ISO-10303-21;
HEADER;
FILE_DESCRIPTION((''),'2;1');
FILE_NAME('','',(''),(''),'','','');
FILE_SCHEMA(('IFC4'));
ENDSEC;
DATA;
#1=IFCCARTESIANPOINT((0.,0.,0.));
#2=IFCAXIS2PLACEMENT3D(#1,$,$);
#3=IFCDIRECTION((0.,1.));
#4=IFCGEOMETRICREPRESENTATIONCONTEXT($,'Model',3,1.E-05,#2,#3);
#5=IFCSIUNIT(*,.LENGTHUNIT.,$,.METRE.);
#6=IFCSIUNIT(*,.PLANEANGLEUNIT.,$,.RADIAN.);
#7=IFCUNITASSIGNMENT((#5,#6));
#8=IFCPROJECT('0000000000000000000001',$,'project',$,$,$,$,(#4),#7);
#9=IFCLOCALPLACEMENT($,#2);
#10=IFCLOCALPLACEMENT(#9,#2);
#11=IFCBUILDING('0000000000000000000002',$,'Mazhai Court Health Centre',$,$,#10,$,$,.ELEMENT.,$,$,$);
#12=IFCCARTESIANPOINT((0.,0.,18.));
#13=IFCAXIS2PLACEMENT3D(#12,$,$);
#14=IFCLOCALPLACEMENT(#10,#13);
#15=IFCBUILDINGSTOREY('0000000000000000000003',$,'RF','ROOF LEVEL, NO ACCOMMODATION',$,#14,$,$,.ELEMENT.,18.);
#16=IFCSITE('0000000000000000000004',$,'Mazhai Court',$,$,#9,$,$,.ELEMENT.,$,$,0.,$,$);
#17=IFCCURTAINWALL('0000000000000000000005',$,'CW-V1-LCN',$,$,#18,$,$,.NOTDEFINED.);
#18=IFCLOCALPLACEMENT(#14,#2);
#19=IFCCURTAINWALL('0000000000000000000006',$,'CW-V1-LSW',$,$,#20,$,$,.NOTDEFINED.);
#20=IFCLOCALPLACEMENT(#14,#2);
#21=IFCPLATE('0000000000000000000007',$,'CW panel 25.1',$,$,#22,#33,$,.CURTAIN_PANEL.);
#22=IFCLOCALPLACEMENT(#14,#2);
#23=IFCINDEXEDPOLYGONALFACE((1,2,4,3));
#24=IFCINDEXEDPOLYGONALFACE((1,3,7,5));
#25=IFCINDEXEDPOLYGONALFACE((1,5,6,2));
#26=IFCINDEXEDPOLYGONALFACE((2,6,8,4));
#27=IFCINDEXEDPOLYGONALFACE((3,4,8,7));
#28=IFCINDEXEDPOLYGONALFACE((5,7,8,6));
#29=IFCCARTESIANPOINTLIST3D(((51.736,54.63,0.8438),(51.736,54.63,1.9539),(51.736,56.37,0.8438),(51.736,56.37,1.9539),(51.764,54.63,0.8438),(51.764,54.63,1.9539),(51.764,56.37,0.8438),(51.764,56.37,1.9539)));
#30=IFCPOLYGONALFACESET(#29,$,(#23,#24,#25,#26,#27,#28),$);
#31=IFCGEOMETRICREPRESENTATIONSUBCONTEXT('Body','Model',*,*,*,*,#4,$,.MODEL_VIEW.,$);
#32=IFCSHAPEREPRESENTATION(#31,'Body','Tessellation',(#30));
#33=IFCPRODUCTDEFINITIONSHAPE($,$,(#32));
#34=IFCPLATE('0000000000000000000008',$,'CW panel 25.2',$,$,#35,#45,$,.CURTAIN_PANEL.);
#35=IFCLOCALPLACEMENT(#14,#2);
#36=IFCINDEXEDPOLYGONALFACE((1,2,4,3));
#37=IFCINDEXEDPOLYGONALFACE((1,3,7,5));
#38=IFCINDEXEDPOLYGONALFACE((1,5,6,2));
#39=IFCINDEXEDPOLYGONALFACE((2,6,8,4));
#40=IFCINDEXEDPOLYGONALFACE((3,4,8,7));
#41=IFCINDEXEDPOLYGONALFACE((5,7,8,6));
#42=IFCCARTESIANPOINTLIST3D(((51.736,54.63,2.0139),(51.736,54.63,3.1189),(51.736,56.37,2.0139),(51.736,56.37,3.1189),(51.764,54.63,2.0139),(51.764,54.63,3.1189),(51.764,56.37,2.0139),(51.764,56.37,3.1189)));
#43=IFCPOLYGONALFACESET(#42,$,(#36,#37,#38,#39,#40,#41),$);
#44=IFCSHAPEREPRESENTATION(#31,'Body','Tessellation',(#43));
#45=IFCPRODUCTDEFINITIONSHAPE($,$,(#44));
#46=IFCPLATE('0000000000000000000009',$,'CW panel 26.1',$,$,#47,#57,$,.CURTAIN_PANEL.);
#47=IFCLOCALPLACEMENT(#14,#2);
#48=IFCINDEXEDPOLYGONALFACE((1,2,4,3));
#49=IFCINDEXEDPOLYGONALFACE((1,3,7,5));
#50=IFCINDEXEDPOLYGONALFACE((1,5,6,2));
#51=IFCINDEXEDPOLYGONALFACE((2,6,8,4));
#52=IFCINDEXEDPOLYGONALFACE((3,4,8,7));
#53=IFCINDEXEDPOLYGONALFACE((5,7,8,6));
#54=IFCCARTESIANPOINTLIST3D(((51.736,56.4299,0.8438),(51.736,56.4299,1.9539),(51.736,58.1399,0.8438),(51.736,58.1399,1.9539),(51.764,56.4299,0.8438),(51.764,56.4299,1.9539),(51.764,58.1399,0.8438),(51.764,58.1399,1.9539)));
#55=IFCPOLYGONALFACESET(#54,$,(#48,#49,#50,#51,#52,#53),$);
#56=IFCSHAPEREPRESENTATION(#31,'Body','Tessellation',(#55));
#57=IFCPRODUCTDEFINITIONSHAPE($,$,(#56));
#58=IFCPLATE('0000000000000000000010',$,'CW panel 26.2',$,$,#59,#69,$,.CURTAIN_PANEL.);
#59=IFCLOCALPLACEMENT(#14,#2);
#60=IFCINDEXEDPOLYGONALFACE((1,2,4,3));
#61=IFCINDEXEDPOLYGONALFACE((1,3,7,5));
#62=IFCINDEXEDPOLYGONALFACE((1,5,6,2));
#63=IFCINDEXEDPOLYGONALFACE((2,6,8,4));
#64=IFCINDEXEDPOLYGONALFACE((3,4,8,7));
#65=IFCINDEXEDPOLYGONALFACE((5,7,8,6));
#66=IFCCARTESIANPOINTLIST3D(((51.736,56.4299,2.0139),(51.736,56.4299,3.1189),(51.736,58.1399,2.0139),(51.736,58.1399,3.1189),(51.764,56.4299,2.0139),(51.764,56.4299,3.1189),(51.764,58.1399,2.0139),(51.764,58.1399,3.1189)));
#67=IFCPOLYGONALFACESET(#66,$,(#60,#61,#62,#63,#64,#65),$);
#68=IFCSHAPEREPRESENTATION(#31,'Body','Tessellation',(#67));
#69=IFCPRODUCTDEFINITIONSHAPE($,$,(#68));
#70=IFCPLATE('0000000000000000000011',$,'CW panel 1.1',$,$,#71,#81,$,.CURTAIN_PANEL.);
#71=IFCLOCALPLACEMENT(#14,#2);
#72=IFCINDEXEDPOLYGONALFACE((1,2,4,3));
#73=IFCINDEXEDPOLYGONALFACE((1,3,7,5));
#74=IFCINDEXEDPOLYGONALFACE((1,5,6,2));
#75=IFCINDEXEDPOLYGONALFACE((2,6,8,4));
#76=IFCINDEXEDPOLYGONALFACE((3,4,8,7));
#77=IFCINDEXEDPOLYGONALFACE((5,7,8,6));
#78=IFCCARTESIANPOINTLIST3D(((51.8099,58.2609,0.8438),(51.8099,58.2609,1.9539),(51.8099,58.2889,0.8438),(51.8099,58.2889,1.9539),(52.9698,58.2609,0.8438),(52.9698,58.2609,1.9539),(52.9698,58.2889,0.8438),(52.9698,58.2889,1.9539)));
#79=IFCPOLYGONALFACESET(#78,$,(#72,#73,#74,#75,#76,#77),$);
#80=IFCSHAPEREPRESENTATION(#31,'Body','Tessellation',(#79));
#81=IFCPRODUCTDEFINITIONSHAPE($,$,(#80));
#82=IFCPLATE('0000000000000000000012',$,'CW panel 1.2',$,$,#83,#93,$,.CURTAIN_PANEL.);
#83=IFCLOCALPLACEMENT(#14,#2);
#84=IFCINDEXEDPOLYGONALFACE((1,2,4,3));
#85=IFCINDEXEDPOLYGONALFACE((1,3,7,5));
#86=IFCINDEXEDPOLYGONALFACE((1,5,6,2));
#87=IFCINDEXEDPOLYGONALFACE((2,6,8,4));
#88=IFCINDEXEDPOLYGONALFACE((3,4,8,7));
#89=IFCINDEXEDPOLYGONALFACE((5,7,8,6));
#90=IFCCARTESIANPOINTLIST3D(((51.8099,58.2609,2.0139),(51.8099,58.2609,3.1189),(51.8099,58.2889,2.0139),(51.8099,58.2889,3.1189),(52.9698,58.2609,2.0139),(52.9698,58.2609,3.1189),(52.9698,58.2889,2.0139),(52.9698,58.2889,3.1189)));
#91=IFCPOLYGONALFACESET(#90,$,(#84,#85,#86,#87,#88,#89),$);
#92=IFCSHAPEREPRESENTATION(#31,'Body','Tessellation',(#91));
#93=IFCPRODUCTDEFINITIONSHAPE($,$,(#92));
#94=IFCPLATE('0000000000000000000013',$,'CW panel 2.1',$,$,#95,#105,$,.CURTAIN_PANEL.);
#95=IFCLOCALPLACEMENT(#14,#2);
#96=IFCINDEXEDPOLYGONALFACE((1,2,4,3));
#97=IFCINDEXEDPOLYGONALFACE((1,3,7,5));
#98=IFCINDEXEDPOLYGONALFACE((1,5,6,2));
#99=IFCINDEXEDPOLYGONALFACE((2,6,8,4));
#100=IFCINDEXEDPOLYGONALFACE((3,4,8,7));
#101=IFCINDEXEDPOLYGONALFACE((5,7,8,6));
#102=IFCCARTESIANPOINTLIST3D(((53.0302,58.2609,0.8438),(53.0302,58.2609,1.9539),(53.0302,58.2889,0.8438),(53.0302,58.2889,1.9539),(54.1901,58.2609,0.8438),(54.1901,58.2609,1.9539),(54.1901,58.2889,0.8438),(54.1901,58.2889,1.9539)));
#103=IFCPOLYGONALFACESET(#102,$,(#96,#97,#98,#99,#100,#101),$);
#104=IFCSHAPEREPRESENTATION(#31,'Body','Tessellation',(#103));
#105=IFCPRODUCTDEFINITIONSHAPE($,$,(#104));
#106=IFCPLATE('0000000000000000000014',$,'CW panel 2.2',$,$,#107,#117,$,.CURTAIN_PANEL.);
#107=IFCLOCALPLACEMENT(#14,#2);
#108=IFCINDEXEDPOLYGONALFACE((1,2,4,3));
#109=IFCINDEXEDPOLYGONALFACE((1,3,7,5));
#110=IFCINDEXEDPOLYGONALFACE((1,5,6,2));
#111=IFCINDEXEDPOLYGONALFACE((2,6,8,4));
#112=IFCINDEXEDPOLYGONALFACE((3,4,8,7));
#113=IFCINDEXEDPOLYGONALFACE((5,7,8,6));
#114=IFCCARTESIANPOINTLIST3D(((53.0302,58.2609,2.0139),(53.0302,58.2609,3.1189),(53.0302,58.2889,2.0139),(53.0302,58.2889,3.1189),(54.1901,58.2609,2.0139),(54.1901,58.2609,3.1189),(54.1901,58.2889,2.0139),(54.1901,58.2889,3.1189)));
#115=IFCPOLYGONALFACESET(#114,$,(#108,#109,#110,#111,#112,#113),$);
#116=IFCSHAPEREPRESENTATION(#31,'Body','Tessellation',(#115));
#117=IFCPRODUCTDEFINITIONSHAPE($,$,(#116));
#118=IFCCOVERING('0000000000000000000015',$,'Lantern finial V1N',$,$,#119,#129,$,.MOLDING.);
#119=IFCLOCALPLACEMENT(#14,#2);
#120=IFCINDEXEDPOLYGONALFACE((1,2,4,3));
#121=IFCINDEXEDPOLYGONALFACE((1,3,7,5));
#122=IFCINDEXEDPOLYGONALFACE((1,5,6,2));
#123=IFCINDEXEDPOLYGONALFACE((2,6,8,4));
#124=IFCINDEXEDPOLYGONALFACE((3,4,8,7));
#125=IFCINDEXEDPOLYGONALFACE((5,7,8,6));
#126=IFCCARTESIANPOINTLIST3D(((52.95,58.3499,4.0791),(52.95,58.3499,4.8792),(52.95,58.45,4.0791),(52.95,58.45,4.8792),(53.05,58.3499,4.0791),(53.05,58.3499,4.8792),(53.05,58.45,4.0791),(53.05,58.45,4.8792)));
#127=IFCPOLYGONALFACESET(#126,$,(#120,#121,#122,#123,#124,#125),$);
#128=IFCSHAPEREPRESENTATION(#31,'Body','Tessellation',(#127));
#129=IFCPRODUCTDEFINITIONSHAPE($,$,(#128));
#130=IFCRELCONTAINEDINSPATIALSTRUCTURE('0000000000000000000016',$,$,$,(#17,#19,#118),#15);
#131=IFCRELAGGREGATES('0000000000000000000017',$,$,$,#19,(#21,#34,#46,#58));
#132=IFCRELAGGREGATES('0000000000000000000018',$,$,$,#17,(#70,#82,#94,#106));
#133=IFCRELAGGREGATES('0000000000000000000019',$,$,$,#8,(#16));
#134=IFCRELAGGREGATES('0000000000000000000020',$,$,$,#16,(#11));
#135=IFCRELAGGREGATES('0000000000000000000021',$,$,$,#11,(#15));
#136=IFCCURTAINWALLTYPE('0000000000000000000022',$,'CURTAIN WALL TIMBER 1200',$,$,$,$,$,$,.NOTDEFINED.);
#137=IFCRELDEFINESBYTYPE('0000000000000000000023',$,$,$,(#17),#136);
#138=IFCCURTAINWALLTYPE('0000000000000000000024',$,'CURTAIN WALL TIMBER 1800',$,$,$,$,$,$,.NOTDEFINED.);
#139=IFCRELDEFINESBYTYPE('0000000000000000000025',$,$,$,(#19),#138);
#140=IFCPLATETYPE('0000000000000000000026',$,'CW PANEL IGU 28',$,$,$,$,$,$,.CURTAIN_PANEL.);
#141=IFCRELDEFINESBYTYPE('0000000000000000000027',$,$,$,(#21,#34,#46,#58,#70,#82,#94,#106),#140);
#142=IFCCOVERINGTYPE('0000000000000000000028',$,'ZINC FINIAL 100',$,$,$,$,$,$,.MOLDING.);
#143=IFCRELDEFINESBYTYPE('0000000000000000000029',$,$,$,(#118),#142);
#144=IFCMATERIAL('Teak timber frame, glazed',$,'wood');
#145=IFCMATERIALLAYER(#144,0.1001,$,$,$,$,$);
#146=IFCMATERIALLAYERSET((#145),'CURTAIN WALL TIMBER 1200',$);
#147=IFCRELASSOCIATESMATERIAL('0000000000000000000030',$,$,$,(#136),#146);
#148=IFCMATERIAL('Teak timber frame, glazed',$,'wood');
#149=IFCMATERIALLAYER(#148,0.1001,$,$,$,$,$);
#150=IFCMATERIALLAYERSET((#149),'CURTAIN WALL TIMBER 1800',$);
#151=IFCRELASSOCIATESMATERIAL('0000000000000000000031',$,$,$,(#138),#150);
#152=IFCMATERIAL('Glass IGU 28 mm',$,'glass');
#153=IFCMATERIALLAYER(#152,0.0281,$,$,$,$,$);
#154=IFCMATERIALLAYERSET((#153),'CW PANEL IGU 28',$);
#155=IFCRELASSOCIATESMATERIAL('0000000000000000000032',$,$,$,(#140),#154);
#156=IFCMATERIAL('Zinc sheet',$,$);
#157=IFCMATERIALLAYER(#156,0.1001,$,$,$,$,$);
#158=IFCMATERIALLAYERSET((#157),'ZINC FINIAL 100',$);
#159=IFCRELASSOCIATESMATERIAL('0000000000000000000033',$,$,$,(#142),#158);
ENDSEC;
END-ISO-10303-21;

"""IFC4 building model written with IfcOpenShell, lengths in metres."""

from ifc_helpers import new_model, si_unit, direction, frame, origin, origin_2d, place, context, subcontext, project, spatial, rectangle, extrude, material, layer, layer_set, type_object, element, aggregate, save


model = new_model("IFC4")

# Units and contexts
model_context = context("Model", 3, precision=1e-05, world=origin(), true_north=direction((0.0, 1.0)))
body_context = subcontext(model_context, "Body", "Model", "MODEL_VIEW")
ifc_project = project(units=[si_unit("LENGTHUNIT", "METRE"), si_unit("PLANEANGLEUNIT", "RADIAN")], contexts=[model_context])

# Site, building, storey
site_placement = place(None, origin())
site = spatial("IfcSite", under=ifc_project, at=site_placement, Name="Mazhai Court", CompositionType="ELEMENT", RefElevation=0.0)
building_placement = place(site_placement, origin())
building = spatial("IfcBuilding", under=site, at=building_placement, Name="Mazhai Court Health Centre", CompositionType="ELEMENT")
storey_placement = place(building_placement, frame((0.0, 0.0, 18.0)))
storey = spatial("IfcBuildingStorey", under=building, at=storey_placement, Name="RF", Description="ROOF LEVEL, NO ACCOMMODATION", CompositionType="ELEMENT", Elevation=18.0)

# Curtain walls
ifc_material_1 = material(Name="Teak timber frame, glazed", Category="wood")
ifc_layer_1 = layer(ifc_material_1, 0.1001)
ifc_layer_set_1 = layer_set([ifc_layer_1], Name="CURTAIN WALL TIMBER 1200")
curtain_wall_type_1 = type_object("IfcCurtainWallType", Name="CURTAIN WALL TIMBER 1200", PredefinedType="NOTDEFINED", material=ifc_layer_set_1)
curtain_wall_1_placement = place(storey_placement, origin())
curtain_wall_1 = element("IfcCurtainWall", 1, at=curtain_wall_1_placement, inside=storey, type_object=curtain_wall_type_1, Name="CW-V1-LCN", PredefinedType="NOTDEFINED")
ifc_material_2 = material(Name="Teak timber frame, glazed", Category="wood")
ifc_layer_2 = layer(ifc_material_2, 0.1001)
ifc_layer_set_2 = layer_set([ifc_layer_2], Name="CURTAIN WALL TIMBER 1800")
curtain_wall_type_2 = type_object("IfcCurtainWallType", Name="CURTAIN WALL TIMBER 1800", PredefinedType="NOTDEFINED", material=ifc_layer_set_2)
curtain_wall_2_placement = place(storey_placement, origin())
curtain_wall_2 = element("IfcCurtainWall", 2, at=curtain_wall_2_placement, inside=storey, type_object=curtain_wall_type_2, Name="CW-V1-LSW", PredefinedType="NOTDEFINED")

# Plates
ifc_material_3 = material(Name="Glass IGU 28 mm", Category="glass")
ifc_layer_3 = layer(ifc_material_3, 0.0281)
ifc_layer_set_3 = layer_set([ifc_layer_3], Name="CW PANEL IGU 28")
plate_type = type_object("IfcPlateType", Name="CW PANEL IGU 28", PredefinedType="CURTAIN_PANEL", material=ifc_layer_set_3)
plate_1_placement = place(storey_placement, frame((51.75, 55.5, 0.8438), z_axis=(0.0, 0.0, 1.0), x_axis=(0.0, 1.0, 0.0)))
plate_1 = element("IfcPlate", 3, at=plate_1_placement, type_object=plate_type, Name="CW panel 25.1", PredefinedType="CURTAIN_PANEL", context=body_context, shape_type="SweptSolid", body=[
    extrude(rectangle(XDim=1.74, YDim=0.0281, at=origin_2d()), origin(), (0.0, 0.0, 1.0), 1.1101),
])
plate_2_placement = place(storey_placement, frame((51.75, 55.5, 2.0139), z_axis=(0.0, 0.0, 1.0), x_axis=(0.0, 1.0, 0.0)))
plate_2 = element("IfcPlate", 4, at=plate_2_placement, type_object=plate_type, Name="CW panel 25.2", PredefinedType="CURTAIN_PANEL", context=body_context, shape_type="SweptSolid", body=[
    extrude(rectangle(XDim=1.74, YDim=0.0281, at=origin_2d()), origin(), (0.0, 0.0, 1.0), 1.105),
])
plate_3_placement = place(storey_placement, frame((51.75, 57.2849, 0.8438), z_axis=(0.0, 0.0, 1.0), x_axis=(0.0, 1.0, 0.0)))
plate_3 = element("IfcPlate", 5, at=plate_3_placement, type_object=plate_type, Name="CW panel 26.1", PredefinedType="CURTAIN_PANEL", context=body_context, shape_type="SweptSolid", body=[
    extrude(rectangle(XDim=1.71, YDim=0.0281, at=origin_2d()), origin(), (0.0, 0.0, 1.0), 1.1101),
])
plate_4_placement = place(storey_placement, frame((51.75, 57.2849, 2.0139), z_axis=(0.0, 0.0, 1.0), x_axis=(0.0, 1.0, 0.0)))
plate_4 = element("IfcPlate", 6, at=plate_4_placement, type_object=plate_type, Name="CW panel 26.2", PredefinedType="CURTAIN_PANEL", context=body_context, shape_type="SweptSolid", body=[
    extrude(rectangle(XDim=1.71, YDim=0.0281, at=origin_2d()), origin(), (0.0, 0.0, 1.0), 1.105),
])
aggregate(curtain_wall_2, [plate_1, plate_2, plate_3, plate_4])
plate_5_placement = place(storey_placement, frame((52.3899, 58.2749, 0.8438), z_axis=(0.0, 0.0, 1.0), x_axis=(1.0, 0.0, 0.0)))
plate_5 = element("IfcPlate", 7, at=plate_5_placement, type_object=plate_type, Name="CW panel 1.1", PredefinedType="CURTAIN_PANEL", context=body_context, shape_type="SweptSolid", body=[
    extrude(rectangle(XDim=1.1599, YDim=0.0281, at=origin_2d()), origin(), (0.0, 0.0, 1.0), 1.1101),
])
plate_6_placement = place(storey_placement, frame((52.3899, 58.2749, 2.0139), z_axis=(0.0, 0.0, 1.0), x_axis=(1.0, 0.0, 0.0)))
plate_6 = element("IfcPlate", 8, at=plate_6_placement, type_object=plate_type, Name="CW panel 1.2", PredefinedType="CURTAIN_PANEL", context=body_context, shape_type="SweptSolid", body=[
    extrude(rectangle(XDim=1.1599, YDim=0.0281, at=origin_2d()), origin(), (0.0, 0.0, 1.0), 1.105),
])
plate_7_placement = place(storey_placement, frame((53.6101, 58.2749, 0.8438), z_axis=(0.0, 0.0, 1.0), x_axis=(1.0, 0.0, 0.0)))
plate_7 = element("IfcPlate", 9, at=plate_7_placement, type_object=plate_type, Name="CW panel 2.1", PredefinedType="CURTAIN_PANEL", context=body_context, shape_type="SweptSolid", body=[
    extrude(rectangle(XDim=1.1599, YDim=0.0281, at=origin_2d()), origin(), (0.0, 0.0, 1.0), 1.1101),
])
plate_8_placement = place(storey_placement, frame((53.6101, 58.2749, 2.0139), z_axis=(0.0, 0.0, 1.0), x_axis=(1.0, 0.0, 0.0)))
plate_8 = element("IfcPlate", 10, at=plate_8_placement, type_object=plate_type, Name="CW panel 2.2", PredefinedType="CURTAIN_PANEL", context=body_context, shape_type="SweptSolid", body=[
    extrude(rectangle(XDim=1.1599, YDim=0.0281, at=origin_2d()), origin(), (0.0, 0.0, 1.0), 1.105),
])
aggregate(curtain_wall_1, [plate_5, plate_6, plate_7, plate_8])

# Covering
ifc_material_4 = material(Name="Zinc sheet")
ifc_layer_4 = layer(ifc_material_4, 0.1001)
ifc_layer_set_4 = layer_set([ifc_layer_4], Name="ZINC FINIAL 100")
covering_type = type_object("IfcCoveringType", Name="ZINC FINIAL 100", PredefinedType="MOLDING", material=ifc_layer_set_4)
covering_placement = place(storey_placement, frame((53.0, 58.3999, 4.0791), z_axis=(0.0, 0.0, 1.0), x_axis=(1.0, 0.0, 0.0)))
element("IfcCovering", 11, at=covering_placement, inside=storey, type_object=covering_type, Name="Lantern finial V1N", PredefinedType="MOLDING", context=body_context, shape_type="SweptSolid", body=[
    extrude(rectangle(XDim=0.1001, YDim=0.1001, at=origin_2d()), origin(), (0.0, 0.0, 1.0), 0.8),
])

save(model, "model.ifc")
